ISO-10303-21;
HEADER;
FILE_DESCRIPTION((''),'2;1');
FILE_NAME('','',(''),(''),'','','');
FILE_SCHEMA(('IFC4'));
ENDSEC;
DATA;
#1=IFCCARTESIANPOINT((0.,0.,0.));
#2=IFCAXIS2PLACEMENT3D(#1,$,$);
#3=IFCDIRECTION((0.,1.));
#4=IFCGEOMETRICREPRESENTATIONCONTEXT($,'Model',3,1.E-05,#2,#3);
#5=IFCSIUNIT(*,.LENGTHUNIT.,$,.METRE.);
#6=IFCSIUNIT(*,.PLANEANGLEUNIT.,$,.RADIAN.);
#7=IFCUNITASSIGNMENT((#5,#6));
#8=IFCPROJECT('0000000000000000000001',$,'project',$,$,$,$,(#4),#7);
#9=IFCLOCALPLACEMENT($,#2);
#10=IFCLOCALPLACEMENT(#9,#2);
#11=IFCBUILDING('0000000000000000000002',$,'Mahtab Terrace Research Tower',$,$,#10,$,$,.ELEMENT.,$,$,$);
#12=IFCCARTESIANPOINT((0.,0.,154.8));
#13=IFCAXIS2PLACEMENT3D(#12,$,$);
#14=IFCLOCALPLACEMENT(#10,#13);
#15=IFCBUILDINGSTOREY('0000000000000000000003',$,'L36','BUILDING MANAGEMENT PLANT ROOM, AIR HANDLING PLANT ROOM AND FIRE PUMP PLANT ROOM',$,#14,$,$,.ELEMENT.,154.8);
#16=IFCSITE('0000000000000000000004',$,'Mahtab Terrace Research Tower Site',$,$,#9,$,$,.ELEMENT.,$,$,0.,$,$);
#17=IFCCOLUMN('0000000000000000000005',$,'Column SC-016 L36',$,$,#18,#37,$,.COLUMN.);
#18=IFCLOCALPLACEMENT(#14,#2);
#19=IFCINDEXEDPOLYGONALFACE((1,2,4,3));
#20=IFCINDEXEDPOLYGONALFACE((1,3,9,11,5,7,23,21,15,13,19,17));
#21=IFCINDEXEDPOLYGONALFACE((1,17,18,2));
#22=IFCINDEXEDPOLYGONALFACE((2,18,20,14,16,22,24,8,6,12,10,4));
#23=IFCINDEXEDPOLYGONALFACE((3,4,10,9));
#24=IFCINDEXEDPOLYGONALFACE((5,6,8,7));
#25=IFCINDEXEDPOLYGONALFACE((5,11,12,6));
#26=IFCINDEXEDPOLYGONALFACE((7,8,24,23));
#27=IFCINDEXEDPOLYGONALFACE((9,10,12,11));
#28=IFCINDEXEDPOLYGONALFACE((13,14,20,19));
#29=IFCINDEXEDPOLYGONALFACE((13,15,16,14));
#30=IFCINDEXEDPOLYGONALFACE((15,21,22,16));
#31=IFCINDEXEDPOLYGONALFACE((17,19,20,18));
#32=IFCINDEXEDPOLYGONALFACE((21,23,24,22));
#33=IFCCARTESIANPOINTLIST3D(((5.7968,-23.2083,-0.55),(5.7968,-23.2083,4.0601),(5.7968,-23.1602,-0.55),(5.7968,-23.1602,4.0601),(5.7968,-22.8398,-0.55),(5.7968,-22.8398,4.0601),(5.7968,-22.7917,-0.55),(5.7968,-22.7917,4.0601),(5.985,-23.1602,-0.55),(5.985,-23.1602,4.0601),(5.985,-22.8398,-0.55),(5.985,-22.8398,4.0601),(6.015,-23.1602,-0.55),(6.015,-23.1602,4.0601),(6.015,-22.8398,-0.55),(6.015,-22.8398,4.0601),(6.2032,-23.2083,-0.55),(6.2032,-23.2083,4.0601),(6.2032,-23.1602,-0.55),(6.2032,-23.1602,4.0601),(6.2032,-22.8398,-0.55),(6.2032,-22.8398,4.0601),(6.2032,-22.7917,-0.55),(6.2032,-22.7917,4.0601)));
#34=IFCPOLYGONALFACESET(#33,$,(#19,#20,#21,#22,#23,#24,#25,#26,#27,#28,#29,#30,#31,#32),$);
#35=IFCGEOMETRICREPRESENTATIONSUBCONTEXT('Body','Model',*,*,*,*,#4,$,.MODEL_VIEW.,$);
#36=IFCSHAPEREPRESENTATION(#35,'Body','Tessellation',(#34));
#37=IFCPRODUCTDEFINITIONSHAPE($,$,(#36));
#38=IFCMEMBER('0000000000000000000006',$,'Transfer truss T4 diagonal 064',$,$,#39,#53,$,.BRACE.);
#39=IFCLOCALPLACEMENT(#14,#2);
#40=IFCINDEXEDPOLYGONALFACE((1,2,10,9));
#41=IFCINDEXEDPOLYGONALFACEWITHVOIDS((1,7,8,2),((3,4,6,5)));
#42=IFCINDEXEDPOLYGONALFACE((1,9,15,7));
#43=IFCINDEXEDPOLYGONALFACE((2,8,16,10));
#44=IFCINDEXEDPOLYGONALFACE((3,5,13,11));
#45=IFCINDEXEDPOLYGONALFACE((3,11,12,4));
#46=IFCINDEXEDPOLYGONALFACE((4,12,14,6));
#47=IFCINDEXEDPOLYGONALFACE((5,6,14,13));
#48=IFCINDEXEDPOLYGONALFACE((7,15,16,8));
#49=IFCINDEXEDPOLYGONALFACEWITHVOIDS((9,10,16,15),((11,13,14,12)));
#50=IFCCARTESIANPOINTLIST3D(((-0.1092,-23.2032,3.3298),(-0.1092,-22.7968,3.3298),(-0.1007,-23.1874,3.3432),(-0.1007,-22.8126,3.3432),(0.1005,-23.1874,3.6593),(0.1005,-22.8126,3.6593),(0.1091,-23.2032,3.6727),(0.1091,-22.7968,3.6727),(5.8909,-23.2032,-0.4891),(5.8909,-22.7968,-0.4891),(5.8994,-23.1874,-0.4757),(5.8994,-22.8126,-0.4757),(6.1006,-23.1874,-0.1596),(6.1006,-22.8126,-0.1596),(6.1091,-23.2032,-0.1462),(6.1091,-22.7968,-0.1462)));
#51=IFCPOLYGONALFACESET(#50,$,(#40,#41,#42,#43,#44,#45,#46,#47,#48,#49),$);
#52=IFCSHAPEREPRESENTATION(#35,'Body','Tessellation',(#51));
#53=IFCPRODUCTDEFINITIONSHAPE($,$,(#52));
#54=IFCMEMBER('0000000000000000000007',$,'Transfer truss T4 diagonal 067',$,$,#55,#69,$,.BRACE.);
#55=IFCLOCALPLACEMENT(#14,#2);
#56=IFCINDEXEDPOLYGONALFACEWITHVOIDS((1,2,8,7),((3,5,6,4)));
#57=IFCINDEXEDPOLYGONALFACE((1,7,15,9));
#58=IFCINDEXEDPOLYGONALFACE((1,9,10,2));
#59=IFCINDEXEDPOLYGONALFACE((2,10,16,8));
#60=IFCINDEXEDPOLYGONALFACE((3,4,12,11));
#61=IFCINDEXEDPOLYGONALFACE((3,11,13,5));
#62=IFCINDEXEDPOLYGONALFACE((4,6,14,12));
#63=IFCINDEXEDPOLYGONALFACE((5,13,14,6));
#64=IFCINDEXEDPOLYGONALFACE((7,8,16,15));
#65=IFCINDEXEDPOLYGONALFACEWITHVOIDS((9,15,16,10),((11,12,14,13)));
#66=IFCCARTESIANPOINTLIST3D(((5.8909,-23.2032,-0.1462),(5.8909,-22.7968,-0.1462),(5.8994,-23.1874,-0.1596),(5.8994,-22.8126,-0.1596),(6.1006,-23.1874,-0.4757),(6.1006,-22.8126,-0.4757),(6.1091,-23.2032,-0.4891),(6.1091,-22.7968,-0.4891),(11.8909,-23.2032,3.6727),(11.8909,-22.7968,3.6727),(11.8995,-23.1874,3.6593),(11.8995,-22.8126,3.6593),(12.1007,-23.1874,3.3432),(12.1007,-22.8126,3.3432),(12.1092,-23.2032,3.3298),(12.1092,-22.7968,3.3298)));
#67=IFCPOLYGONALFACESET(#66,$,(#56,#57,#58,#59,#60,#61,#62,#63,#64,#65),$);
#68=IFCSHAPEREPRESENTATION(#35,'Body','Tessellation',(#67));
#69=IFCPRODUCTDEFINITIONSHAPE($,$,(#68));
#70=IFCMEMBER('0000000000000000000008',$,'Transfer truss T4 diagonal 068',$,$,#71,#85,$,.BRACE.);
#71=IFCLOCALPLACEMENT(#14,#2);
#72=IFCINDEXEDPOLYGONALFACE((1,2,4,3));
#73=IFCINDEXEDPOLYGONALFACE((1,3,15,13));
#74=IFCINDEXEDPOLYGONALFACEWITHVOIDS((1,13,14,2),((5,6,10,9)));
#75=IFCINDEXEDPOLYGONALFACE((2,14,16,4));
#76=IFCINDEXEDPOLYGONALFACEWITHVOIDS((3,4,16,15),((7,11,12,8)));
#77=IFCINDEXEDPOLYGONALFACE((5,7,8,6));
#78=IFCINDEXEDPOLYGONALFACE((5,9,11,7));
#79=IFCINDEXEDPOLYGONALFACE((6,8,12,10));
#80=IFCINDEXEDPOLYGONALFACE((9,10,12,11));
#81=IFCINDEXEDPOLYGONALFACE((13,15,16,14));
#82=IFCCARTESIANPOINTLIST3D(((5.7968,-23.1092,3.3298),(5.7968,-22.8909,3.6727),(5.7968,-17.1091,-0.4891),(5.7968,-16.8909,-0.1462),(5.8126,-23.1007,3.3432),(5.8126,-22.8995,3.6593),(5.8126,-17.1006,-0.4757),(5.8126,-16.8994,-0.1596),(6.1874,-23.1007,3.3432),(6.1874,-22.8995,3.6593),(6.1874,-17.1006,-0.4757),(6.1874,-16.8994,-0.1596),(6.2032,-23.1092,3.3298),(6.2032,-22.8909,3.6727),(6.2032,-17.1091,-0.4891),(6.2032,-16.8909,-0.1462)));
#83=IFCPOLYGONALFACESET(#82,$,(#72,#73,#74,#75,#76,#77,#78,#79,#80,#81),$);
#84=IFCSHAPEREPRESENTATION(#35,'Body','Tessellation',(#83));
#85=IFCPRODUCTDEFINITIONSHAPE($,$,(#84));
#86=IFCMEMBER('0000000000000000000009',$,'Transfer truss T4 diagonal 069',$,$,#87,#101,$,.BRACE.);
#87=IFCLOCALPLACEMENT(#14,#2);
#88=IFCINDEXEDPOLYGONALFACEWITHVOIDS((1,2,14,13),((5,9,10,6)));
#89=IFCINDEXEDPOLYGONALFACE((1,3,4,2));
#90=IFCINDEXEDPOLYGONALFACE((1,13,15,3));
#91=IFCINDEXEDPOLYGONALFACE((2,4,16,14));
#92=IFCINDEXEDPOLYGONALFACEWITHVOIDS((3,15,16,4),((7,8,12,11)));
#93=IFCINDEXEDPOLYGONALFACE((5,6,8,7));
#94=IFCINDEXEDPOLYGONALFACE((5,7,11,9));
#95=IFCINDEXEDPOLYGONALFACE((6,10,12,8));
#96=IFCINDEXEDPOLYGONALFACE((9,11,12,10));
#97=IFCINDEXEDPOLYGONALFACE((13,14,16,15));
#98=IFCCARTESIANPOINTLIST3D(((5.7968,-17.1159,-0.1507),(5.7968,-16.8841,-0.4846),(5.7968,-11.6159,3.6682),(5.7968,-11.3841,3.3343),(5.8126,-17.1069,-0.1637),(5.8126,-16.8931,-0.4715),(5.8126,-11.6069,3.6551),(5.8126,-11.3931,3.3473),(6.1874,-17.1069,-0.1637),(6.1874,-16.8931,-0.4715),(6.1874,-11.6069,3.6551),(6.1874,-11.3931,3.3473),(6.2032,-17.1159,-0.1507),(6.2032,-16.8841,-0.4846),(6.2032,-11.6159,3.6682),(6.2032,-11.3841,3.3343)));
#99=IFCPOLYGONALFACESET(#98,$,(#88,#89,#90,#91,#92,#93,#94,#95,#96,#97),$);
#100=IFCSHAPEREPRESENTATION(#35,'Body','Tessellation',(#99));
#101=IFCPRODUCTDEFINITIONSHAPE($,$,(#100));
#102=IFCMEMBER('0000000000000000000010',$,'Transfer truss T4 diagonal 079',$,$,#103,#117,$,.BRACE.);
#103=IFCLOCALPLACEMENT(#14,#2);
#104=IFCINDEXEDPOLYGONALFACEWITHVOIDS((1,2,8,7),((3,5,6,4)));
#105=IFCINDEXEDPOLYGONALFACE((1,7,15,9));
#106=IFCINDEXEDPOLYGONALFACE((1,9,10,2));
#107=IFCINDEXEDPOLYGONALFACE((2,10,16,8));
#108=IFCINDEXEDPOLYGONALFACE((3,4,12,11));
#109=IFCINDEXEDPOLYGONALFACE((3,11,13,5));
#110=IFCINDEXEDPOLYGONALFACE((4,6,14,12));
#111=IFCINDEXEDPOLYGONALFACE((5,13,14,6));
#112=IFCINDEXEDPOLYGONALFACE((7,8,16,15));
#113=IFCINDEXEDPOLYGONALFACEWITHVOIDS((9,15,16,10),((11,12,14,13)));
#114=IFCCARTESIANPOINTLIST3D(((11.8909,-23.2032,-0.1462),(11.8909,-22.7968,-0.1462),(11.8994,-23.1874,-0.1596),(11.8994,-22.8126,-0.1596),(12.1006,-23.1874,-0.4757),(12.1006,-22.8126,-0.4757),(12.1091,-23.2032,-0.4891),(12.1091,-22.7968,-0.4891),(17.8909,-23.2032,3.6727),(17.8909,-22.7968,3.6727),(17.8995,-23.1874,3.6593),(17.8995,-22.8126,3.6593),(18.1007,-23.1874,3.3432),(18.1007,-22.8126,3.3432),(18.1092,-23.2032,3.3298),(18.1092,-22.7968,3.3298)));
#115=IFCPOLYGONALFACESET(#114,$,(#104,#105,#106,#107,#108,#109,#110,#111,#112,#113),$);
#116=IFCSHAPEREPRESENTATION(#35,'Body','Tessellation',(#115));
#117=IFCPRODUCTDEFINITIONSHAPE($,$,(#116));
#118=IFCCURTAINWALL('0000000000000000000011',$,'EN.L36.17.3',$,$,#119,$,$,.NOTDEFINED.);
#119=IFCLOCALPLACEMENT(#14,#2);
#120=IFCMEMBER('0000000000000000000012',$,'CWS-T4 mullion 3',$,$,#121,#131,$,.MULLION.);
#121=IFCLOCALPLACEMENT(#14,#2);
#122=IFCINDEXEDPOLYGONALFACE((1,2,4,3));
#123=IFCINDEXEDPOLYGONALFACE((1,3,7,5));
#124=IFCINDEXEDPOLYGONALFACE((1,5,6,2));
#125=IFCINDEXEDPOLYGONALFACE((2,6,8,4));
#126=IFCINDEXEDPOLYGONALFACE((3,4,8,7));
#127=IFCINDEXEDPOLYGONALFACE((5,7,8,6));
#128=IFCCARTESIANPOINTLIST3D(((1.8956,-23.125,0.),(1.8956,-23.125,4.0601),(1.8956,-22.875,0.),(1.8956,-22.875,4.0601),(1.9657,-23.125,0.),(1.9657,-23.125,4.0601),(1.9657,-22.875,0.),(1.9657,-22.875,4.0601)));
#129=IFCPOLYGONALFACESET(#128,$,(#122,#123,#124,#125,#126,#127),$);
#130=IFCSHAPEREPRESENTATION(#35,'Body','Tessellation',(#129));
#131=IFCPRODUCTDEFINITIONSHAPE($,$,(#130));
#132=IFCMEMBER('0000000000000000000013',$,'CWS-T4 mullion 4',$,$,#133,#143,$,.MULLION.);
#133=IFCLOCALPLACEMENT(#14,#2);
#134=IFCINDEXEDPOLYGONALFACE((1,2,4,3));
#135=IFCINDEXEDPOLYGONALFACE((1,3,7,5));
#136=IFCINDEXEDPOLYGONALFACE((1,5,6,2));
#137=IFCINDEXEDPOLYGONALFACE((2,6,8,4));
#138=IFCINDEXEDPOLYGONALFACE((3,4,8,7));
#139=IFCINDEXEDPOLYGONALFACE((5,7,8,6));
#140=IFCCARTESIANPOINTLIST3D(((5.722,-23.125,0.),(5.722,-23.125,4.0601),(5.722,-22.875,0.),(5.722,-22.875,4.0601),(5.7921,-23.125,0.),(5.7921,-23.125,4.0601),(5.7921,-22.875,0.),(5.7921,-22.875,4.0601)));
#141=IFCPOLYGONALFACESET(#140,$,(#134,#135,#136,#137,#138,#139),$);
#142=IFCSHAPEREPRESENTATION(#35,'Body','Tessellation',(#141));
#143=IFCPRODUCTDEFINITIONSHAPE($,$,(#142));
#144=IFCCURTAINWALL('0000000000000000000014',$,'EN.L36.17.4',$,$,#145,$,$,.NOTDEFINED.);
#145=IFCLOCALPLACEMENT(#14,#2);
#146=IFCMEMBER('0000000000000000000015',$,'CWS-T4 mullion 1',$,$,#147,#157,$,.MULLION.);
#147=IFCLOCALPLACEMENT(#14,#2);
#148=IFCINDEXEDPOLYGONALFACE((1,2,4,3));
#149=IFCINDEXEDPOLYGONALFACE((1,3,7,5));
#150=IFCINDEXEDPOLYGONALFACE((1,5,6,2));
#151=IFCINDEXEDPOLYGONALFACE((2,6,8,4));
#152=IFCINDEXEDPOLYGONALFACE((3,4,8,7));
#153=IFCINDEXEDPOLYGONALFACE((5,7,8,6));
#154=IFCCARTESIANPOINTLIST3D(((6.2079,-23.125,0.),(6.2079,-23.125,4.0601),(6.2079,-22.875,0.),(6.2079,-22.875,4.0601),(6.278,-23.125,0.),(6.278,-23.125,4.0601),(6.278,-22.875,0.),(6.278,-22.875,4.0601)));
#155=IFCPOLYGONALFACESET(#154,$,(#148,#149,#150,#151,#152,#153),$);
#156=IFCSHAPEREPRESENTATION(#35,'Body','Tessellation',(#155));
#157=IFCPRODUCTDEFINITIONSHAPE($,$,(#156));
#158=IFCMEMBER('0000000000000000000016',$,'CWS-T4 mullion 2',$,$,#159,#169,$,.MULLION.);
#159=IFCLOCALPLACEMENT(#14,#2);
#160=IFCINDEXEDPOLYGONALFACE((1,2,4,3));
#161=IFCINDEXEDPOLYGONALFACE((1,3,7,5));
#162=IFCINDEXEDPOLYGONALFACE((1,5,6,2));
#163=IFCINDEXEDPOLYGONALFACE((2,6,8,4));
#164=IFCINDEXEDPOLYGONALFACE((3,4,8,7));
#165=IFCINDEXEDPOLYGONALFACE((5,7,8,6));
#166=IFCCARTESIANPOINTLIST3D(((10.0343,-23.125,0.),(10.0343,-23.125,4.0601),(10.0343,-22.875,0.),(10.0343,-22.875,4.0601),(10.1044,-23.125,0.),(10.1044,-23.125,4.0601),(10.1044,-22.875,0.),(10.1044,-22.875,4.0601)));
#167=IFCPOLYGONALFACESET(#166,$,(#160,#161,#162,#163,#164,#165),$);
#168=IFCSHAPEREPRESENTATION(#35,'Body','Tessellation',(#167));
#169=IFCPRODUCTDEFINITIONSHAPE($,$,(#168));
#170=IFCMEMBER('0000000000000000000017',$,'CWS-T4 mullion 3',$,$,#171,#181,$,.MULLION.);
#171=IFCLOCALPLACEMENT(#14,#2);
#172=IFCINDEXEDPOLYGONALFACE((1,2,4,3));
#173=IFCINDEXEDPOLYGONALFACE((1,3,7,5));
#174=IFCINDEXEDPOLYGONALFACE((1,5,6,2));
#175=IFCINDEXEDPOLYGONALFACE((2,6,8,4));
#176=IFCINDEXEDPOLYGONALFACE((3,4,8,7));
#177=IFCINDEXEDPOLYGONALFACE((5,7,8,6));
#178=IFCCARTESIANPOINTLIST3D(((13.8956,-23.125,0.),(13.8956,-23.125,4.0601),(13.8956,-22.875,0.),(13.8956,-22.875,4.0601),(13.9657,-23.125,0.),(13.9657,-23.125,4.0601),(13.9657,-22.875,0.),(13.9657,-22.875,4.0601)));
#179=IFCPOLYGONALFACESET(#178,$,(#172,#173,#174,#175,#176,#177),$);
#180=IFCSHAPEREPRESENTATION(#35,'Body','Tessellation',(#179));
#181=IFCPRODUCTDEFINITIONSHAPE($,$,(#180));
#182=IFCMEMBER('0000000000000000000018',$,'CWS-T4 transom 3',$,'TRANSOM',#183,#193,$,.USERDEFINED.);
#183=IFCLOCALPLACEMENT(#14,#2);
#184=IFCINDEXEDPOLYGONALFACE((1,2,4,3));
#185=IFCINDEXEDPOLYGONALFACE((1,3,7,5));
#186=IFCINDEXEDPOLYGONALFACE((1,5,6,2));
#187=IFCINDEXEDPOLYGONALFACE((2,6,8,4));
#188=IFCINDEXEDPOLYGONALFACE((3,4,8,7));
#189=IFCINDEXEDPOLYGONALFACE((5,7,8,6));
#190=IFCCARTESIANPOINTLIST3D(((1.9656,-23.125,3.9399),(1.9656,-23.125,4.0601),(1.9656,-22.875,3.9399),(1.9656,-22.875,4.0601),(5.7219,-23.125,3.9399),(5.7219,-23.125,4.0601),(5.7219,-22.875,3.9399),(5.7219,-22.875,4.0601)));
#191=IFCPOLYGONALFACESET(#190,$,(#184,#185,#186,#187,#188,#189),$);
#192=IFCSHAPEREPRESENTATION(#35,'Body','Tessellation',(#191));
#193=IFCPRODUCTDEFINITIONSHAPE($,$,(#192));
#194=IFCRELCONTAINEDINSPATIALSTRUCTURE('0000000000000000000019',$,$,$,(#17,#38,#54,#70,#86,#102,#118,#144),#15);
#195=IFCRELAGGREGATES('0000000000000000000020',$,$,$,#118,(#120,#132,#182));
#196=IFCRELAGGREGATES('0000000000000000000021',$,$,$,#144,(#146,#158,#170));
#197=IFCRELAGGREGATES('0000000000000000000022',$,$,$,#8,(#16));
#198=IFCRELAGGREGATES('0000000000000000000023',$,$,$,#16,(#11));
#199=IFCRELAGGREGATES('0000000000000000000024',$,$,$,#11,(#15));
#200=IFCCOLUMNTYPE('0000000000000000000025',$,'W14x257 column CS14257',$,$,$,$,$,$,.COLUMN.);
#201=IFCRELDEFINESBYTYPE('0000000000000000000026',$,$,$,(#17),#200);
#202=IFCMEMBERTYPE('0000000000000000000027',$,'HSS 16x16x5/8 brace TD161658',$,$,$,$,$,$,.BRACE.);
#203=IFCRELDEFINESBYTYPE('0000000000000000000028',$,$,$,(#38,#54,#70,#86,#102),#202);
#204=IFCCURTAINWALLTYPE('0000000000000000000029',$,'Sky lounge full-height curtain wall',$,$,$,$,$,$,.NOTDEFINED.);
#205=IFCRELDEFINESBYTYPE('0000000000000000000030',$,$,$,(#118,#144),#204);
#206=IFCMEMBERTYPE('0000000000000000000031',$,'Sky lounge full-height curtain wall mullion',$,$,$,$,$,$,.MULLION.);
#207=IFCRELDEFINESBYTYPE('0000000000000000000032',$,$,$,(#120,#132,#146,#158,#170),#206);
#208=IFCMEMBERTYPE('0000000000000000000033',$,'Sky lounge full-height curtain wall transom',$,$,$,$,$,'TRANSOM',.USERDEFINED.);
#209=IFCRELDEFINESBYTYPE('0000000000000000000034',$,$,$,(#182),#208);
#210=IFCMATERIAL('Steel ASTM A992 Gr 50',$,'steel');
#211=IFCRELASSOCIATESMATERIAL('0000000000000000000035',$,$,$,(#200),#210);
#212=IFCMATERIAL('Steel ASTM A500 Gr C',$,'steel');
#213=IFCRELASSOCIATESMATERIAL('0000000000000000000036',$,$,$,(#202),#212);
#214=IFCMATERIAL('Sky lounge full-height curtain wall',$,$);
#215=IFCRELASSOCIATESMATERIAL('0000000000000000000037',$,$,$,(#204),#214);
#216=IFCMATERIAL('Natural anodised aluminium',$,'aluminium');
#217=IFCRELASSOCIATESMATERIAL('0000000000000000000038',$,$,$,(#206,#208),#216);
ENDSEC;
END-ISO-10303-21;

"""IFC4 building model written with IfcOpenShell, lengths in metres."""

from ifc_helpers import new_model, si_unit, direction, frame, origin, origin_2d, place, context, subcontext, project, spatial, rectangle, hollow_rectangle, i_section, extrude, material, material_profile, profile_set, type_object, element, aggregate, save


model = new_model("IFC4")

# Units and contexts
model_context = context("Model", 3, precision=1e-05, world=origin(), true_north=direction((0.0, 1.0)))
body_context = subcontext(model_context, "Body", "Model", "MODEL_VIEW")
ifc_project = project(units=[si_unit("LENGTHUNIT", "METRE"), si_unit("PLANEANGLEUNIT", "RADIAN")], contexts=[model_context])

# Site, building, storey
site_placement = place(None, origin())
site = spatial("IfcSite", under=ifc_project, at=site_placement, Name="Mahtab Terrace Research Tower Site", CompositionType="ELEMENT", RefElevation=0.0)
building_placement = place(site_placement, origin())
building = spatial("IfcBuilding", under=site, at=building_placement, Name="Mahtab Terrace Research Tower", CompositionType="ELEMENT")
storey_placement = place(building_placement, frame((0.0, 0.0, 154.8)))
storey = spatial("IfcBuildingStorey", under=building, at=storey_placement, Name="L36", Description="BUILDING MANAGEMENT PLANT ROOM, AIR HANDLING PLANT ROOM AND FIRE PUMP PLANT ROOM", CompositionType="ELEMENT", Elevation=154.8)

# Column
ifc_material_1 = material(Name="Steel ASTM A992 Gr 50", Category="steel")
ifc_material_profile_1 = material_profile(ifc_material_1, i_section(OverallWidth=0.4065, OverallDepth=0.4165, WebThickness=0.03, FlangeThickness=0.0481, at=origin_2d()), Name="W14X257")
ifc_profile_set_1 = profile_set([ifc_material_profile_1], Name="Steel ASTM A992 Gr 50")
column_type = type_object("IfcColumnType", Name="W14x257 column CS14257", PredefinedType="COLUMN", material=ifc_profile_set_1)
column_placement = place(storey_placement, frame((6.0, -23.0, -0.55), z_axis=(0.0, 0.0, 1.0), x_axis=(1.0, 0.0, 0.0)))
element("IfcColumn", 1, at=column_placement, inside=storey, type_object=column_type, Name="Column SC-016 L36", PredefinedType="COLUMN", context=body_context, shape_type="SweptSolid", body=[
    extrude(i_section(OverallWidth=0.4065, OverallDepth=0.4165, WebThickness=0.03, FlangeThickness=0.0481, at=origin_2d()), origin(), (0.0, 0.0, 1.0), 4.6101),
])

# Members
ifc_material_2 = material(Name="Steel ASTM A500 Gr C", Category="steel")
ifc_material_profile_2 = material_profile(ifc_material_2, hollow_rectangle(XDim=0.4065, YDim=0.4065, WallThickness=0.0159, at=origin_2d()), Name="HSS16X16X5/8")
ifc_profile_set_2 = profile_set([ifc_material_profile_2], Name="Steel ASTM A500 Gr C")
member_type_1 = type_object("IfcMemberType", Name="HSS 16x16x5/8 brace TD161658", PredefinedType="BRACE", material=ifc_profile_set_2)
for number, where, z_axis, x_axis, name in (
    (2, (6.0, -23.0, -0.3176), (-0.843619, 0.0, 0.536942), (0.0, -1.0, 0.0), "Transfer truss T4 diagonal 064"),
    (3, (6.0, -23.0, -0.3176), (0.843619, 0.0, 0.536942), (0.0, 1.0, 0.0), "Transfer truss T4 diagonal 067"),
    (4, (6.0, -17.0, -0.3176), (0.0, -0.843619, 0.536942), (1.0, 0.0, 0.0), "Transfer truss T4 diagonal 068"),
):
    element("IfcMember", number, at=place(storey_placement, frame(where, z_axis=z_axis, x_axis=x_axis)), inside=storey, type_object=member_type_1, Name=name, PredefinedType="BRACE", context=body_context, shape_type="SweptSolid", body=[
        extrude(hollow_rectangle(XDim=0.4065, YDim=0.4065, WallThickness=0.0159, at=origin_2d()), origin(), (0.0, 0.0, 1.0), 7.1123),
    ])
member_1_placement = place(storey_placement, frame((6.0, -17.0, -0.3176), z_axis=(0.0, 0.821412, 0.570336), x_axis=(-1.0, 0.0, 0.0)))
element("IfcMember", 5, at=member_1_placement, inside=storey, type_object=member_type_1, Name="Transfer truss T4 diagonal 069", PredefinedType="BRACE", context=body_context, shape_type="SweptSolid", body=[
    extrude(hollow_rectangle(XDim=0.4065, YDim=0.4065, WallThickness=0.0159, at=origin_2d()), origin(), (0.0, 0.0, 1.0), 6.6958),
])
member_2_placement = place(storey_placement, frame((12.0, -23.0, -0.3176), z_axis=(0.843619, 0.0, 0.536942), x_axis=(0.0, 1.0, 0.0)))
element("IfcMember", 6, at=member_2_placement, inside=storey, type_object=member_type_1, Name="Transfer truss T4 diagonal 079", PredefinedType="BRACE", context=body_context, shape_type="SweptSolid", body=[
    extrude(hollow_rectangle(XDim=0.4065, YDim=0.4065, WallThickness=0.0159, at=origin_2d()), origin(), (0.0, 0.0, 1.0), 7.1123),
])

# Curtain walls, members
ifc_material_3 = material(Name="Sky lounge full-height curtain wall")
curtain_wall_type = type_object("IfcCurtainWallType", Name="Sky lounge full-height curtain wall", PredefinedType="NOTDEFINED", material=ifc_material_3)
curtain_wall_1_placement = place(storey_placement, origin())
curtain_wall_1 = element("IfcCurtainWall", 7, at=curtain_wall_1_placement, inside=storey, type_object=curtain_wall_type, Name="EN.L36.17.3", PredefinedType="NOTDEFINED")
ifc_material_4 = material(Name="Natural anodised aluminium", Category="aluminium")
ifc_material_profile_3 = material_profile(ifc_material_4, rectangle(XDim=0.25, YDim=0.0701, at=origin_2d()), Name="MULLION 70x250")
ifc_profile_set_3 = profile_set([ifc_material_profile_3], Name="Natural anodised aluminium")
member_type_2 = type_object("IfcMemberType", Name="Sky lounge full-height curtain wall mullion", PredefinedType="MULLION", material=ifc_profile_set_3)
member_3_placement = place(storey_placement, frame((1.9307, -23.0, 0.0), z_axis=(0.0, 0.0, 1.0), x_axis=(0.0, 1.0, 0.0)))
member_3 = element("IfcMember", 8, at=member_3_placement, type_object=member_type_2, Name="CWS-T4 mullion 3", PredefinedType="MULLION", context=body_context, shape_type="SweptSolid", body=[
    extrude(rectangle(XDim=0.25, YDim=0.0701, at=origin_2d()), origin(), (0.0, 0.0, 1.0), 4.0601),
])
member_4_placement = place(storey_placement, frame((5.7571, -23.0, 0.0), z_axis=(0.0, 0.0, 1.0), x_axis=(0.0, 1.0, 0.0)))
member_4 = element("IfcMember", 9, at=member_4_placement, type_object=member_type_2, Name="CWS-T4 mullion 4", PredefinedType="MULLION", context=body_context, shape_type="SweptSolid", body=[
    extrude(rectangle(XDim=0.25, YDim=0.0701, at=origin_2d()), origin(), (0.0, 0.0, 1.0), 4.0601),
])
curtain_wall_2_placement = place(storey_placement, origin())
curtain_wall_2 = element("IfcCurtainWall", 10, at=curtain_wall_2_placement, inside=storey, type_object=curtain_wall_type, Name="EN.L36.17.4", PredefinedType="NOTDEFINED")
member_5_placement = place(storey_placement, frame((6.2429, -23.0, 0.0), z_axis=(0.0, 0.0, 1.0), x_axis=(0.0, 1.0, 0.0)))
member_5 = element("IfcMember", 11, at=member_5_placement, type_object=member_type_2, Name="CWS-T4 mullion 1", PredefinedType="MULLION", context=body_context, shape_type="SweptSolid", body=[
    extrude(rectangle(XDim=0.25, YDim=0.0701, at=origin_2d()), origin(), (0.0, 0.0, 1.0), 4.0601),
])
member_6_placement = place(storey_placement, frame((10.0693, -23.0, 0.0), z_axis=(0.0, 0.0, 1.0), x_axis=(0.0, 1.0, 0.0)))
member_6 = element("IfcMember", 12, at=member_6_placement, type_object=member_type_2, Name="CWS-T4 mullion 2", PredefinedType="MULLION", context=body_context, shape_type="SweptSolid", body=[
    extrude(rectangle(XDim=0.25, YDim=0.0701, at=origin_2d()), origin(), (0.0, 0.0, 1.0), 4.0601),
])
member_7_placement = place(storey_placement, frame((13.9307, -23.0, 0.0), z_axis=(0.0, 0.0, 1.0), x_axis=(0.0, 1.0, 0.0)))
member_7 = element("IfcMember", 13, at=member_7_placement, type_object=member_type_2, Name="CWS-T4 mullion 3", PredefinedType="MULLION", context=body_context, shape_type="SweptSolid", body=[
    extrude(rectangle(XDim=0.25, YDim=0.0701, at=origin_2d()), origin(), (0.0, 0.0, 1.0), 4.0601),
])

# Member
ifc_material_profile_4 = material_profile(ifc_material_4, rectangle(XDim=0.25, YDim=0.1201, at=origin_2d()), Name="TRANSOM 120x250")
ifc_profile_set_4 = profile_set([ifc_material_profile_4], Name="Natural anodised aluminium")
member_type_3 = type_object("IfcMemberType", Name="Sky lounge full-height curtain wall transom", ElementType="TRANSOM", PredefinedType="USERDEFINED", material=ifc_profile_set_4)
member_8_placement = place(storey_placement, frame((1.9656, -23.0, 4.0), z_axis=(1.0, 0.0, 0.0), x_axis=(0.0, 1.0, 0.0)))
member_8 = element("IfcMember", 14, at=member_8_placement, type_object=member_type_3, Name="CWS-T4 transom 3", ObjectType="TRANSOM", PredefinedType="USERDEFINED", context=body_context, shape_type="SweptSolid", body=[
    extrude(rectangle(XDim=0.25, YDim=0.1201, at=origin_2d()), origin(), (0.0, 0.0, 1.0), 3.7563),
])

aggregate(curtain_wall_1, [member_3, member_4, member_8])
aggregate(curtain_wall_2, [member_5, member_6, member_7])

save(model, "model.ifc")
